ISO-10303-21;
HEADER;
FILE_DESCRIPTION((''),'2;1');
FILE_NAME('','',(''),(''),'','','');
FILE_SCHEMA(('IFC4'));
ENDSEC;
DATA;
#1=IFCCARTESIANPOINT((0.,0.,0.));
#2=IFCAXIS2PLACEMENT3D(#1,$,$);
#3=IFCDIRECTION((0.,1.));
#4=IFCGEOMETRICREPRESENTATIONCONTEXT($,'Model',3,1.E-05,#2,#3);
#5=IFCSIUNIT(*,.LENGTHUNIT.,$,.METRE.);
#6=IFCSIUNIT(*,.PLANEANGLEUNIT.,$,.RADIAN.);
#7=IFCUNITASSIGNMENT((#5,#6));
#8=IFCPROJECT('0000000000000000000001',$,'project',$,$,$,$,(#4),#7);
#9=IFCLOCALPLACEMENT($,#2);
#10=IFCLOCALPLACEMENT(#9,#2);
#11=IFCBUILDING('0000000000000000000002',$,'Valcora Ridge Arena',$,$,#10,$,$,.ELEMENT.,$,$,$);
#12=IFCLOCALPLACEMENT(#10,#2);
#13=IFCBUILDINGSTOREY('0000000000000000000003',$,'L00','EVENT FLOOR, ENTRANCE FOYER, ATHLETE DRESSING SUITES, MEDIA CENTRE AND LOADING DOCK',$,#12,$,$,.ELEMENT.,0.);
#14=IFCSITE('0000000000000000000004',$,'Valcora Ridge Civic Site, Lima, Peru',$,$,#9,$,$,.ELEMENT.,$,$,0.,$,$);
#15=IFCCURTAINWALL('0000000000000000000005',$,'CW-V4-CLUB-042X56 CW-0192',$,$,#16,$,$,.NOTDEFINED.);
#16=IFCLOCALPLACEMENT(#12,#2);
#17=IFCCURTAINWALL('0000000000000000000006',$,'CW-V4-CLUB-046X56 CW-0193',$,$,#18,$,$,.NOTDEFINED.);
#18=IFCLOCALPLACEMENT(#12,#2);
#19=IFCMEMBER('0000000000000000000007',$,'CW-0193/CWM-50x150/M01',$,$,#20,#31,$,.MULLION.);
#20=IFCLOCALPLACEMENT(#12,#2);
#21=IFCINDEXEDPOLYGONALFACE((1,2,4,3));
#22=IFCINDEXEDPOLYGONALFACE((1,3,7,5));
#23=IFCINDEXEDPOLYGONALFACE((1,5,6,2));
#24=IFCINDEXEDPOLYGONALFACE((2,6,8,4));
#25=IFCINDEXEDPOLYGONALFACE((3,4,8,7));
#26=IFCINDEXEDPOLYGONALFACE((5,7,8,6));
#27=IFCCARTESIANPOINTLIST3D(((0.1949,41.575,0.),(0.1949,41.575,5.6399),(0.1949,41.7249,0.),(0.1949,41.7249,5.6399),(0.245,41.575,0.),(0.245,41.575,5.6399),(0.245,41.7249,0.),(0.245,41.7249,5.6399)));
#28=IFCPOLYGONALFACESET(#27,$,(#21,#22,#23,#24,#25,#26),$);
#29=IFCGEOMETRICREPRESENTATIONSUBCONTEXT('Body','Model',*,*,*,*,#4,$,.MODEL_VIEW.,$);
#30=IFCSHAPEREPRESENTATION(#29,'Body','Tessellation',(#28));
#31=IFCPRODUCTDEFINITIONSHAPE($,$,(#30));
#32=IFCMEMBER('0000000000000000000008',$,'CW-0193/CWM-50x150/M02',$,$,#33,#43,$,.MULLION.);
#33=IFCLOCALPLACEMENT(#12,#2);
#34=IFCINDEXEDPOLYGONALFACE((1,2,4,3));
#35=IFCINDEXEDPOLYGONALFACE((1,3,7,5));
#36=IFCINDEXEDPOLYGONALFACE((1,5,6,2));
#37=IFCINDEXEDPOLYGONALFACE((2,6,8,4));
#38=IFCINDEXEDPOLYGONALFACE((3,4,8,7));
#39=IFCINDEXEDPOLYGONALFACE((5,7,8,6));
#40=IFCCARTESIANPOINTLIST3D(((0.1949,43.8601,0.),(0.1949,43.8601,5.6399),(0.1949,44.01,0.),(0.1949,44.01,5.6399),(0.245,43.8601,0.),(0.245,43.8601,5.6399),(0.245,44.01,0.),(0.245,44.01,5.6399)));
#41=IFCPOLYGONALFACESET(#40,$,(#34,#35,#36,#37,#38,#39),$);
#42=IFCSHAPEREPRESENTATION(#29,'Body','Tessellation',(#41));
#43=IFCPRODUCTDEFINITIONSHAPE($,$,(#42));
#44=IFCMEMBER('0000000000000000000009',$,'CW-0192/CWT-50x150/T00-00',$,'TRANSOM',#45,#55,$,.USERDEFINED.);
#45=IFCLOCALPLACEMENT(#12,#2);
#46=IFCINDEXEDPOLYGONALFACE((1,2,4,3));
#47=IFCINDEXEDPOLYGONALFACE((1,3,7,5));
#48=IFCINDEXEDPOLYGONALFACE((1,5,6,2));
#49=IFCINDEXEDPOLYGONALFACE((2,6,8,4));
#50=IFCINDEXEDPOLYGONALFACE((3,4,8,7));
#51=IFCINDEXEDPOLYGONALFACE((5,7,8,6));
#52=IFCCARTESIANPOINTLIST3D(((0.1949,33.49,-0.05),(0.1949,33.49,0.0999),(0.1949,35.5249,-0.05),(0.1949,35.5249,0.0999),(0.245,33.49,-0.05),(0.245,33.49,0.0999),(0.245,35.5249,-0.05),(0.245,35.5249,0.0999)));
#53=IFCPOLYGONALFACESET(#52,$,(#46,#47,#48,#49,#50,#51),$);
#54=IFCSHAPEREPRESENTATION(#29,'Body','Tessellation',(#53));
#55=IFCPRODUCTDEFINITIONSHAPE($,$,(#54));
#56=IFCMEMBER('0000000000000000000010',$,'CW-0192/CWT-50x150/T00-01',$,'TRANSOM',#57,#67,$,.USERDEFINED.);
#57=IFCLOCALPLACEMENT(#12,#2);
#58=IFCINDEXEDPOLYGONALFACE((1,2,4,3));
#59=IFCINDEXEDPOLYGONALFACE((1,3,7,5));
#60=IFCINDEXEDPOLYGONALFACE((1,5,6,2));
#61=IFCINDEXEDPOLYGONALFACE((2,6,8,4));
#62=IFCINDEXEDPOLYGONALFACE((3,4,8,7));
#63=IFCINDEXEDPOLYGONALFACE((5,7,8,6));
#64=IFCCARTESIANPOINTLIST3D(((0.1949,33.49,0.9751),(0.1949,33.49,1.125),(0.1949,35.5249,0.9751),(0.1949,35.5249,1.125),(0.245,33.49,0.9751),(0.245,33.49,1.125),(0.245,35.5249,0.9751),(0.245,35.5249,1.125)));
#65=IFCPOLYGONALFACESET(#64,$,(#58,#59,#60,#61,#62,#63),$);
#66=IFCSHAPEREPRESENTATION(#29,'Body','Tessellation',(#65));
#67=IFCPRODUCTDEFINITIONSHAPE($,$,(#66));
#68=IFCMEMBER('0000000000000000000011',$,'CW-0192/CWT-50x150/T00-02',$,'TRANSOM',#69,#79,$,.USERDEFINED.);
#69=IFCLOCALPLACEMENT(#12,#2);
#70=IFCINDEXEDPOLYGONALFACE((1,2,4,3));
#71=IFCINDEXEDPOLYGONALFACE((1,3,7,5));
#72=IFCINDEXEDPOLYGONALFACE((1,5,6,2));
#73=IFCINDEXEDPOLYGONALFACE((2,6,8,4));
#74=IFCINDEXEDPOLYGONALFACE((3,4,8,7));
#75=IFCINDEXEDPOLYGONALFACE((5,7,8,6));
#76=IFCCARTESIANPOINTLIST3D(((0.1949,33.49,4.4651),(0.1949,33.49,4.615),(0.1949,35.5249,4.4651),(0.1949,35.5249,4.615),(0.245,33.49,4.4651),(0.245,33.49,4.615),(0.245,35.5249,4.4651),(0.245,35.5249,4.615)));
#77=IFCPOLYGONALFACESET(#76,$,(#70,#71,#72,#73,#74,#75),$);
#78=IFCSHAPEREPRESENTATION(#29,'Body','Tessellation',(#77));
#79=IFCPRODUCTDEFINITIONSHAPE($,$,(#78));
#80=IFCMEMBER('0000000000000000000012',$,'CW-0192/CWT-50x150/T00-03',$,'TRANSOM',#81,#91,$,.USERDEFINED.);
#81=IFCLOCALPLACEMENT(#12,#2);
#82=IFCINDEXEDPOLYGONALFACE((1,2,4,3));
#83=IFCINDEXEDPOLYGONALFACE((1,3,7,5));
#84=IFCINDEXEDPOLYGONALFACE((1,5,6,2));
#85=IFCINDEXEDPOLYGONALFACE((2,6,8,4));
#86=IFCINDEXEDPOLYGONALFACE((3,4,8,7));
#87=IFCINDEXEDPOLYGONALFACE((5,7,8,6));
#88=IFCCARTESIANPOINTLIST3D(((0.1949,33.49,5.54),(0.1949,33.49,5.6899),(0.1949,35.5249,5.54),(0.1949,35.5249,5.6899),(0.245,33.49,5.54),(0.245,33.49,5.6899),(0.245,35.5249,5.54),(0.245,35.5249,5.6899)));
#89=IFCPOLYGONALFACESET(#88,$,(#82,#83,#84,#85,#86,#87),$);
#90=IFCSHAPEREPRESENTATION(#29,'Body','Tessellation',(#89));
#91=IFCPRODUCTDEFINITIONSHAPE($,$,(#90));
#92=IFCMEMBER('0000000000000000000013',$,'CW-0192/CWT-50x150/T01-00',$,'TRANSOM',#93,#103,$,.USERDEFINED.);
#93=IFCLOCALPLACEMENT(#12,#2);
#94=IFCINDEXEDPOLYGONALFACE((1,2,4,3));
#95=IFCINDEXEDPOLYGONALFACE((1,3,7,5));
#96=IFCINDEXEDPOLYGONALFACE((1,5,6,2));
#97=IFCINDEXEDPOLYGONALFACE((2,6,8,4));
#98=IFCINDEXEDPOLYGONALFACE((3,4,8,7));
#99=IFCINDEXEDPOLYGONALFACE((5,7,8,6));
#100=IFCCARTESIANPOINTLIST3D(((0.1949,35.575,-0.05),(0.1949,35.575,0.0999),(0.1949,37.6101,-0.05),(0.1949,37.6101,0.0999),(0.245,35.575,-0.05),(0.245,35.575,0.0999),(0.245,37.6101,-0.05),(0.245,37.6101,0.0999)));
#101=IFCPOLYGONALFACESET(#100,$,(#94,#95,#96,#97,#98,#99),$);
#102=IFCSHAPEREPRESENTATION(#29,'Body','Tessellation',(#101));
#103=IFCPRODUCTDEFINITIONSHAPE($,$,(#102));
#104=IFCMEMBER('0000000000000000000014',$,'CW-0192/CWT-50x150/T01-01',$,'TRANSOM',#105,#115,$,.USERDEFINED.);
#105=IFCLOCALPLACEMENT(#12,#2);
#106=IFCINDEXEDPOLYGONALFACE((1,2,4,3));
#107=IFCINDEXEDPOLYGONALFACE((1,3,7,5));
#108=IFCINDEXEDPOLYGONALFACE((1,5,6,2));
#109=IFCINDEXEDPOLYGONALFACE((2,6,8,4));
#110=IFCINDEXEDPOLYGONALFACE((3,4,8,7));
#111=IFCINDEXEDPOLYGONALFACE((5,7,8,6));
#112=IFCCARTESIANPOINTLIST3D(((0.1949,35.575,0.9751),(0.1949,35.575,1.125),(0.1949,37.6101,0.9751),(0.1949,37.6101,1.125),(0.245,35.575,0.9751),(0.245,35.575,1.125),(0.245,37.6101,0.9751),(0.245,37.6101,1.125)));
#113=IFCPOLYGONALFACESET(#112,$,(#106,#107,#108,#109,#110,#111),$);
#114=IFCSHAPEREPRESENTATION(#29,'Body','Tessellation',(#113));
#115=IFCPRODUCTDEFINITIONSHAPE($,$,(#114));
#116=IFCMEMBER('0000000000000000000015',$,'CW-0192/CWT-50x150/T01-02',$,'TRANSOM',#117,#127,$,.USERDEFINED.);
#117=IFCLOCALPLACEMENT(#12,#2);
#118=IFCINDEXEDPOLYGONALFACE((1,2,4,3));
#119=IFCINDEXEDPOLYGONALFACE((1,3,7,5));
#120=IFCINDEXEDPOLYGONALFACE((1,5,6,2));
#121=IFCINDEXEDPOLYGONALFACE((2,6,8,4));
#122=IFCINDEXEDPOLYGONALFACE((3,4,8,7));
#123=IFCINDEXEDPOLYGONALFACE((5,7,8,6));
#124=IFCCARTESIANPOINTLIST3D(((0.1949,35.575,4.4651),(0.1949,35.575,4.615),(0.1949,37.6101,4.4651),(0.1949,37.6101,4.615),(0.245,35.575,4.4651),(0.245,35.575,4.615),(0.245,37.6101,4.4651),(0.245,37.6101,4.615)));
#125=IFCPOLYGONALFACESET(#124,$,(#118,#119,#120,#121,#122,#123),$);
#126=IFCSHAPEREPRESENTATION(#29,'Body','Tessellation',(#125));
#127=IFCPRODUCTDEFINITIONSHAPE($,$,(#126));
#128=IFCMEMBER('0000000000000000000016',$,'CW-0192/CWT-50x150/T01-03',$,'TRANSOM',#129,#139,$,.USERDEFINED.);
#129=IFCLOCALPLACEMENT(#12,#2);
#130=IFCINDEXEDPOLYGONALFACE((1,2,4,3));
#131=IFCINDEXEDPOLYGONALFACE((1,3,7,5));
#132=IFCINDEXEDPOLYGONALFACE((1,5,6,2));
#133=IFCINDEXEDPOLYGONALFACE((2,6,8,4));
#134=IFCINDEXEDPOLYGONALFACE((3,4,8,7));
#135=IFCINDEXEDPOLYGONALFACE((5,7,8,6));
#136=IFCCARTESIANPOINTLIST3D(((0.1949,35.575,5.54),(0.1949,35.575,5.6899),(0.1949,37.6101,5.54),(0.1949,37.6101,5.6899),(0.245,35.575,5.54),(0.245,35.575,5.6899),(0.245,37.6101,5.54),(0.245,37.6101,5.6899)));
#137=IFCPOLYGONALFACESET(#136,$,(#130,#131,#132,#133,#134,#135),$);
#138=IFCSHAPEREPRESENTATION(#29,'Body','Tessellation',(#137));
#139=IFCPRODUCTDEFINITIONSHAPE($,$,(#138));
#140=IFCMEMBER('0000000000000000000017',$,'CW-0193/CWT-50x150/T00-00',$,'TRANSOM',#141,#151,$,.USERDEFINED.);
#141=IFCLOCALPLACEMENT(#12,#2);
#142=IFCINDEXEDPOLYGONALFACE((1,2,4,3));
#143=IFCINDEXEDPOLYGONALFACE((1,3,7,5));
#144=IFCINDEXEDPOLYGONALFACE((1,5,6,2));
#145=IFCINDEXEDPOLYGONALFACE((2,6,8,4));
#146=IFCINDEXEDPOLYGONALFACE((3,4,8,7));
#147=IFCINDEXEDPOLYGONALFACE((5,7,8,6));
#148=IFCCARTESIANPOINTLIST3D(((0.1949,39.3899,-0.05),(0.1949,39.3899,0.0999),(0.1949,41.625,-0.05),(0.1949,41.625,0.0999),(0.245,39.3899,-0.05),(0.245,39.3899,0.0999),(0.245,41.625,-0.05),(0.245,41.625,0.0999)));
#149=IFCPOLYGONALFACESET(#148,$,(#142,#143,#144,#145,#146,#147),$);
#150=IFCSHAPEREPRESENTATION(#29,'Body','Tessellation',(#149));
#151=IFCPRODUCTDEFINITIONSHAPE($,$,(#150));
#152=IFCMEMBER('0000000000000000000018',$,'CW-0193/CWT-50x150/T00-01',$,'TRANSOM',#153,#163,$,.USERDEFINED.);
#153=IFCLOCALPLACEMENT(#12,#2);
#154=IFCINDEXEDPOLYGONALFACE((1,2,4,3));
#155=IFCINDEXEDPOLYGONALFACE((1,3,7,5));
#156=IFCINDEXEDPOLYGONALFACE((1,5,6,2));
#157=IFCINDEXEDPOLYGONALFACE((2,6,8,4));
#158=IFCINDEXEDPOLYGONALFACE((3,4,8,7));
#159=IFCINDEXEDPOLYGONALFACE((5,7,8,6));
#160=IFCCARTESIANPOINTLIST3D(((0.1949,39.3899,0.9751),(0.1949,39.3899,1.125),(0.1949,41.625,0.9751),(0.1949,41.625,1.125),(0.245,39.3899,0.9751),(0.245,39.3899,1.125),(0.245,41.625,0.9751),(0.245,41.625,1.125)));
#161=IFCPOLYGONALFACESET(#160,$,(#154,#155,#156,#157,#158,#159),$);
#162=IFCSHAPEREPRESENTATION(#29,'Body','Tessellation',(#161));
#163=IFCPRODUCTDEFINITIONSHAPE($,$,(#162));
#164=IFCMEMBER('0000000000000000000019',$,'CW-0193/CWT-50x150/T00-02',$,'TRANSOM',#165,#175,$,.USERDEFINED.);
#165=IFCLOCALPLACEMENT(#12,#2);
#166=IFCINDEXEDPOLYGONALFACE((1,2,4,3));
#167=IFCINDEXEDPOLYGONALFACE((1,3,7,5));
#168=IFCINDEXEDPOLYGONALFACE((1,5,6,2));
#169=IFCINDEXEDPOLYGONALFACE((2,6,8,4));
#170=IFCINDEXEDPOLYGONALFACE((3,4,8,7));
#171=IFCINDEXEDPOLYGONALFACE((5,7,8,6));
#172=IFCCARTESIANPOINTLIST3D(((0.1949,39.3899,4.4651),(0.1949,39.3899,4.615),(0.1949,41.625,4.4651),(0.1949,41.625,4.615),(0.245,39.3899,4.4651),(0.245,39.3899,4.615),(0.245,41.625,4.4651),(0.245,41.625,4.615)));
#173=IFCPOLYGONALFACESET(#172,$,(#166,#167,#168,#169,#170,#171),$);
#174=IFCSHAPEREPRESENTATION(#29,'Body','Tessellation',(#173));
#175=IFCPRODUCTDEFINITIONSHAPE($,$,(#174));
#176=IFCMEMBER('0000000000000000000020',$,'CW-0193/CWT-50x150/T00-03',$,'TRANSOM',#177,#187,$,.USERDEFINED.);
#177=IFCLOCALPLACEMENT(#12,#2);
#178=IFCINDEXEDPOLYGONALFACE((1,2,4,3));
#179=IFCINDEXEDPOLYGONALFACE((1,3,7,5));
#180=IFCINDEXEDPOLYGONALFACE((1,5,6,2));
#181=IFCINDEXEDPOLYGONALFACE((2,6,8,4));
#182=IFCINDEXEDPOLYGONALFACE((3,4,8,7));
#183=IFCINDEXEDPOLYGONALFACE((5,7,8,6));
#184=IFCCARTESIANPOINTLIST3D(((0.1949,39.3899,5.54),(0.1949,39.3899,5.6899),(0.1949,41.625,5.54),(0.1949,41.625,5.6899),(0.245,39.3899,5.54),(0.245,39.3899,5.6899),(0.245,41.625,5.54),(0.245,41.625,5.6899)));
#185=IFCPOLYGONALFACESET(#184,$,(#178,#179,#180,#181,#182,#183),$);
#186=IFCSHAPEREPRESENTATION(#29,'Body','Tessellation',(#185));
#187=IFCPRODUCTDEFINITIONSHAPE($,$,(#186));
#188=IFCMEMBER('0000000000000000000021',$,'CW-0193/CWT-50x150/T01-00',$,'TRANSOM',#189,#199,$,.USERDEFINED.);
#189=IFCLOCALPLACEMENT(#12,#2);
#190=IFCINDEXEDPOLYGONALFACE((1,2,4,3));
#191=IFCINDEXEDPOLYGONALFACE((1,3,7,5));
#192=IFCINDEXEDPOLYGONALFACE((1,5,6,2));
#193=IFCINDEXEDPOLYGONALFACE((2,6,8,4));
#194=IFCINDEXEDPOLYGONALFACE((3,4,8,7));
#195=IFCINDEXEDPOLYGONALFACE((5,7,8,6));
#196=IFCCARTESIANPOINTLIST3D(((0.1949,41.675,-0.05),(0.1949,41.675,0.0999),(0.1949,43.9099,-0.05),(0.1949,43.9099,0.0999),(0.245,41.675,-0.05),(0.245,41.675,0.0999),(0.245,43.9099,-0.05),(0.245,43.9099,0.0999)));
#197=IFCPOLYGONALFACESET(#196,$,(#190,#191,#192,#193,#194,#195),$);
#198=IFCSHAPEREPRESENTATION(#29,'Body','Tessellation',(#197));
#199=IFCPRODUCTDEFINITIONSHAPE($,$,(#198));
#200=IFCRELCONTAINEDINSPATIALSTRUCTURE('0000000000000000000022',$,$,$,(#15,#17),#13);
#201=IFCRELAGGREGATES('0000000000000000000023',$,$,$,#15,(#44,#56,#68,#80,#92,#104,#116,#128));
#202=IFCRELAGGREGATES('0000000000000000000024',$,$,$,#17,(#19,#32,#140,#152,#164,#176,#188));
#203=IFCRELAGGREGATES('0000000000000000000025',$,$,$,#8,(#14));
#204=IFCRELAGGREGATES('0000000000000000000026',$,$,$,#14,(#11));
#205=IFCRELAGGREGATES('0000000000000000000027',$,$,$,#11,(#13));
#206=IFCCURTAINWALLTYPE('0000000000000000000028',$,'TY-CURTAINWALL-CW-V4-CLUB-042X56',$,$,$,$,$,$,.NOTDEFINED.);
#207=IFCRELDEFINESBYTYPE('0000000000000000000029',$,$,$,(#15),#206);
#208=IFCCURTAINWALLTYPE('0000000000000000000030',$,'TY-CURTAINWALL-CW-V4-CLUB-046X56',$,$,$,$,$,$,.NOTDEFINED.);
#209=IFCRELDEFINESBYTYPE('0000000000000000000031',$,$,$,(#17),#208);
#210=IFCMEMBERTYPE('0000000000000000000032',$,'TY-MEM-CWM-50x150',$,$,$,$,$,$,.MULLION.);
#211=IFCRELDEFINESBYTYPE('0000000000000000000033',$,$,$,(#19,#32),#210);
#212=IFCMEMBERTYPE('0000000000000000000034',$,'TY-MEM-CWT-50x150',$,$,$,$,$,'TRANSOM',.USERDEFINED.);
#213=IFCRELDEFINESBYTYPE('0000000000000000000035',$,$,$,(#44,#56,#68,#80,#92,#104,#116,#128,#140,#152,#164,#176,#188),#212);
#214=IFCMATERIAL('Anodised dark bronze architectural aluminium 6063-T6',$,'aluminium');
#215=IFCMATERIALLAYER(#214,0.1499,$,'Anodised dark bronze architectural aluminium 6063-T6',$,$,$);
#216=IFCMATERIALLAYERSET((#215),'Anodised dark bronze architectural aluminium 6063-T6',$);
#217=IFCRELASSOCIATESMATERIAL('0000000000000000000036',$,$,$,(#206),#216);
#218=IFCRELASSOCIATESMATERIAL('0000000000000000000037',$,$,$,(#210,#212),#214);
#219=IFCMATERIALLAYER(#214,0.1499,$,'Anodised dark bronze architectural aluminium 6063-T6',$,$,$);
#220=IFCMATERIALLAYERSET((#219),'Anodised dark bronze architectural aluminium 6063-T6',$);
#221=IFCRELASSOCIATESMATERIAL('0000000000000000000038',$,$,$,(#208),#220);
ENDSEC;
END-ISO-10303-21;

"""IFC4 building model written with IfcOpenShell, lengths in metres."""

from ifc_helpers import new_model, si_unit, direction, frame, origin, origin_2d, place, context, subcontext, project, spatial, rectangle, extrude, material, layer, layer_set, material_profile, profile_set, type_object, element, aggregate, save


model = new_model("IFC4")

# Units and contexts
model_context = context("Model", 3, precision=1e-05, world=origin(), true_north=direction((0.0, 1.0)))
body_context = subcontext(model_context, "Body", "Model", "MODEL_VIEW")
ifc_project = project(units=[si_unit("LENGTHUNIT", "METRE"), si_unit("PLANEANGLEUNIT", "RADIAN")], contexts=[model_context])

# Site, building, storey
site_placement = place(None, origin())
site = spatial("IfcSite", under=ifc_project, at=site_placement, Name="Valcora Ridge Civic Site, Lima, Peru", CompositionType="ELEMENT", RefElevation=0.0)
building_placement = place(site_placement, origin())
building = spatial("IfcBuilding", under=site, at=building_placement, Name="Valcora Ridge Arena", CompositionType="ELEMENT")
storey_placement = place(building_placement, origin())
storey = spatial("IfcBuildingStorey", under=building, at=storey_placement, Name="L00", Description="EVENT FLOOR, ENTRANCE FOYER, ATHLETE DRESSING SUITES, MEDIA CENTRE AND LOADING DOCK", CompositionType="ELEMENT", Elevation=0.0)

# Curtain walls, members
ifc_material_1 = material(Name="Anodised dark bronze architectural aluminium 6063-T6", Category="aluminium")
ifc_layer_1 = layer(ifc_material_1, 0.1499, Name="Anodised dark bronze architectural aluminium 6063-T6")
ifc_layer_set_1 = layer_set([ifc_layer_1], Name="Anodised dark bronze architectural aluminium 6063-T6")
curtain_wall_type_1 = type_object("IfcCurtainWallType", Name="TY-CURTAINWALL-CW-V4-CLUB-042X56", PredefinedType="NOTDEFINED", material=ifc_layer_set_1)
curtain_wall_1_placement = place(storey_placement, origin())
curtain_wall_1 = element("IfcCurtainWall", 1, at=curtain_wall_1_placement, inside=storey, type_object=curtain_wall_type_1, Name="CW-V4-CLUB-042X56 CW-0192", PredefinedType="NOTDEFINED")
ifc_material_profile_1 = material_profile(ifc_material_1, rectangle(XDim=0.05, YDim=0.1499, at=origin_2d()), Name="ALU MULLION 50x150")
ifc_profile_set_1 = profile_set([ifc_material_profile_1], Name="Anodised dark bronze architectural aluminium 6063-T6")
member_type_1 = type_object("IfcMemberType", Name="TY-MEM-CWM-50x150", PredefinedType="MULLION", material=ifc_profile_set_1)
ifc_layer_2 = layer(ifc_material_1, 0.1499, Name="Anodised dark bronze architectural aluminium 6063-T6")
ifc_layer_set_2 = layer_set([ifc_layer_2], Name="Anodised dark bronze architectural aluminium 6063-T6")
curtain_wall_type_2 = type_object("IfcCurtainWallType", Name="TY-CURTAINWALL-CW-V4-CLUB-046X56", PredefinedType="NOTDEFINED", material=ifc_layer_set_2)
curtain_wall_2_placement = place(storey_placement, origin())
curtain_wall_2 = element("IfcCurtainWall", 2, at=curtain_wall_2_placement, inside=storey, type_object=curtain_wall_type_2, Name="CW-V4-CLUB-046X56 CW-0193", PredefinedType="NOTDEFINED")
member_1_placement = place(storey_placement, frame((0.22, 41.6499, 0.0), z_axis=(0.0, 0.0, 1.0), x_axis=(-1.0, 0.0, 0.0)))
member_1 = element("IfcMember", 3, at=member_1_placement, type_object=member_type_1, Name="CW-0193/CWM-50x150/M01", PredefinedType="MULLION", context=body_context, shape_type="SweptSolid", body=[
    extrude(rectangle(XDim=0.05, YDim=0.1499, at=origin_2d()), origin(), (0.0, 0.0, 1.0), 5.6399),
])
member_2_placement = place(storey_placement, frame((0.22, 43.9351, 0.0), z_axis=(0.0, 0.0, 1.0), x_axis=(-1.0, 0.0, 0.0)))
member_2 = element("IfcMember", 4, at=member_2_placement, type_object=member_type_1, Name="CW-0193/CWM-50x150/M02", PredefinedType="MULLION", context=body_context, shape_type="SweptSolid", body=[
    extrude(rectangle(XDim=0.05, YDim=0.1499, at=origin_2d()), origin(), (0.0, 0.0, 1.0), 5.6399),
])

# Members
ifc_material_profile_2 = material_profile(ifc_material_1, rectangle(XDim=0.05, YDim=0.1499, at=origin_2d()), Name="ALU TRANSOM 50x150")
ifc_profile_set_2 = profile_set([ifc_material_profile_2], Name="Anodised dark bronze architectural aluminium 6063-T6")
member_type_2 = type_object("IfcMemberType", Name="TY-MEM-CWT-50x150", ElementType="TRANSOM", PredefinedType="USERDEFINED", material=ifc_profile_set_2)
member_3_placement = place(storey_placement, frame((0.22, 33.49, 0.0249), z_axis=(0.0, 1.0, 0.0), x_axis=(-1.0, 0.0, 0.0)))
member_3 = element("IfcMember", 5, at=member_3_placement, type_object=member_type_2, Name="CW-0192/CWT-50x150/T00-00", ObjectType="TRANSOM", PredefinedType="USERDEFINED", context=body_context, shape_type="SweptSolid", body=[
    extrude(rectangle(XDim=0.05, YDim=0.1499, at=origin_2d()), origin(), (0.0, 0.0, 1.0), 2.0349),
])
member_4_placement = place(storey_placement, frame((0.22, 33.49, 1.05), z_axis=(0.0, 1.0, 0.0), x_axis=(-1.0, 0.0, 0.0)))
member_4 = element("IfcMember", 6, at=member_4_placement, type_object=member_type_2, Name="CW-0192/CWT-50x150/T00-01", ObjectType="TRANSOM", PredefinedType="USERDEFINED", context=body_context, shape_type="SweptSolid", body=[
    extrude(rectangle(XDim=0.05, YDim=0.1499, at=origin_2d()), origin(), (0.0, 0.0, 1.0), 2.0349),
])
member_5_placement = place(storey_placement, frame((0.22, 33.49, 4.54), z_axis=(0.0, 1.0, 0.0), x_axis=(-1.0, 0.0, 0.0)))
member_5 = element("IfcMember", 7, at=member_5_placement, type_object=member_type_2, Name="CW-0192/CWT-50x150/T00-02", ObjectType="TRANSOM", PredefinedType="USERDEFINED", context=body_context, shape_type="SweptSolid", body=[
    extrude(rectangle(XDim=0.05, YDim=0.1499, at=origin_2d()), origin(), (0.0, 0.0, 1.0), 2.0349),
])
member_6_placement = place(storey_placement, frame((0.22, 33.49, 5.615), z_axis=(0.0, 1.0, 0.0), x_axis=(-1.0, 0.0, 0.0)))
member_6 = element("IfcMember", 8, at=member_6_placement, type_object=member_type_2, Name="CW-0192/CWT-50x150/T00-03", ObjectType="TRANSOM", PredefinedType="USERDEFINED", context=body_context, shape_type="SweptSolid", body=[
    extrude(rectangle(XDim=0.05, YDim=0.1499, at=origin_2d()), origin(), (0.0, 0.0, 1.0), 2.0349),
])
member_7_placement = place(storey_placement, frame((0.22, 35.575, 0.0249), z_axis=(0.0, 1.0, 0.0), x_axis=(-1.0, 0.0, 0.0)))
member_7 = element("IfcMember", 9, at=member_7_placement, type_object=member_type_2, Name="CW-0192/CWT-50x150/T01-00", ObjectType="TRANSOM", PredefinedType="USERDEFINED", context=body_context, shape_type="SweptSolid", body=[
    extrude(rectangle(XDim=0.05, YDim=0.1499, at=origin_2d()), origin(), (0.0, 0.0, 1.0), 2.0352),
])
member_8_placement = place(storey_placement, frame((0.22, 35.575, 1.05), z_axis=(0.0, 1.0, 0.0), x_axis=(-1.0, 0.0, 0.0)))
member_8 = element("IfcMember", 10, at=member_8_placement, type_object=member_type_2, Name="CW-0192/CWT-50x150/T01-01", ObjectType="TRANSOM", PredefinedType="USERDEFINED", context=body_context, shape_type="SweptSolid", body=[
    extrude(rectangle(XDim=0.05, YDim=0.1499, at=origin_2d()), origin(), (0.0, 0.0, 1.0), 2.0352),
])
member_9_placement = place(storey_placement, frame((0.22, 35.575, 4.54), z_axis=(0.0, 1.0, 0.0), x_axis=(-1.0, 0.0, 0.0)))
member_9 = element("IfcMember", 11, at=member_9_placement, type_object=member_type_2, Name="CW-0192/CWT-50x150/T01-02", ObjectType="TRANSOM", PredefinedType="USERDEFINED", context=body_context, shape_type="SweptSolid", body=[
    extrude(rectangle(XDim=0.05, YDim=0.1499, at=origin_2d()), origin(), (0.0, 0.0, 1.0), 2.0352),
])
member_10_placement = place(storey_placement, frame((0.22, 35.575, 5.615), z_axis=(0.0, 1.0, 0.0), x_axis=(-1.0, 0.0, 0.0)))
member_10 = element("IfcMember", 12, at=member_10_placement, type_object=member_type_2, Name="CW-0192/CWT-50x150/T01-03", ObjectType="TRANSOM", PredefinedType="USERDEFINED", context=body_context, shape_type="SweptSolid", body=[
    extrude(rectangle(XDim=0.05, YDim=0.1499, at=origin_2d()), origin(), (0.0, 0.0, 1.0), 2.0352),
])
member_11_placement = place(storey_placement, frame((0.22, 39.3899, 0.0249), z_axis=(0.0, 1.0, 0.0), x_axis=(-1.0, 0.0, 0.0)))
member_11 = element("IfcMember", 13, at=member_11_placement, type_object=member_type_2, Name="CW-0193/CWT-50x150/T00-00", ObjectType="TRANSOM", PredefinedType="USERDEFINED", context=body_context, shape_type="SweptSolid", body=[
    extrude(rectangle(XDim=0.05, YDim=0.1499, at=origin_2d()), origin(), (0.0, 0.0, 1.0), 2.2351),
])
member_12_placement = place(storey_placement, frame((0.22, 39.3899, 1.05), z_axis=(0.0, 1.0, 0.0), x_axis=(-1.0, 0.0, 0.0)))
member_12 = element("IfcMember", 14, at=member_12_placement, type_object=member_type_2, Name="CW-0193/CWT-50x150/T00-01", ObjectType="TRANSOM", PredefinedType="USERDEFINED", context=body_context, shape_type="SweptSolid", body=[
    extrude(rectangle(XDim=0.05, YDim=0.1499, at=origin_2d()), origin(), (0.0, 0.0, 1.0), 2.2351),
])
member_13_placement = place(storey_placement, frame((0.22, 39.3899, 4.54), z_axis=(0.0, 1.0, 0.0), x_axis=(-1.0, 0.0, 0.0)))
member_13 = element("IfcMember", 15, at=member_13_placement, type_object=member_type_2, Name="CW-0193/CWT-50x150/T00-02", ObjectType="TRANSOM", PredefinedType="USERDEFINED", context=body_context, shape_type="SweptSolid", body=[
    extrude(rectangle(XDim=0.05, YDim=0.1499, at=origin_2d()), origin(), (0.0, 0.0, 1.0), 2.2351),
])
member_14_placement = place(storey_placement, frame((0.22, 39.3899, 5.615), z_axis=(0.0, 1.0, 0.0), x_axis=(-1.0, 0.0, 0.0)))
member_14 = element("IfcMember", 16, at=member_14_placement, type_object=member_type_2, Name="CW-0193/CWT-50x150/T00-03", ObjectType="TRANSOM", PredefinedType="USERDEFINED", context=body_context, shape_type="SweptSolid", body=[
    extrude(rectangle(XDim=0.05, YDim=0.1499, at=origin_2d()), origin(), (0.0, 0.0, 1.0), 2.2351),
])
member_15_placement = place(storey_placement, frame((0.22, 41.675, 0.0249), z_axis=(0.0, 1.0, 0.0), x_axis=(-1.0, 0.0, 0.0)))
member_15 = element("IfcMember", 17, at=member_15_placement, type_object=member_type_2, Name="CW-0193/CWT-50x150/T01-00", ObjectType="TRANSOM", PredefinedType="USERDEFINED", context=body_context, shape_type="SweptSolid", body=[
    extrude(rectangle(XDim=0.05, YDim=0.1499, at=origin_2d()), origin(), (0.0, 0.0, 1.0), 2.2349),
])

aggregate(curtain_wall_1, [member_3, member_4, member_5, member_6, member_7, member_8, member_9, member_10])
aggregate(curtain_wall_2, [member_1, member_2, member_11, member_12, member_13, member_14, member_15])

save(model, "model.ifc")
